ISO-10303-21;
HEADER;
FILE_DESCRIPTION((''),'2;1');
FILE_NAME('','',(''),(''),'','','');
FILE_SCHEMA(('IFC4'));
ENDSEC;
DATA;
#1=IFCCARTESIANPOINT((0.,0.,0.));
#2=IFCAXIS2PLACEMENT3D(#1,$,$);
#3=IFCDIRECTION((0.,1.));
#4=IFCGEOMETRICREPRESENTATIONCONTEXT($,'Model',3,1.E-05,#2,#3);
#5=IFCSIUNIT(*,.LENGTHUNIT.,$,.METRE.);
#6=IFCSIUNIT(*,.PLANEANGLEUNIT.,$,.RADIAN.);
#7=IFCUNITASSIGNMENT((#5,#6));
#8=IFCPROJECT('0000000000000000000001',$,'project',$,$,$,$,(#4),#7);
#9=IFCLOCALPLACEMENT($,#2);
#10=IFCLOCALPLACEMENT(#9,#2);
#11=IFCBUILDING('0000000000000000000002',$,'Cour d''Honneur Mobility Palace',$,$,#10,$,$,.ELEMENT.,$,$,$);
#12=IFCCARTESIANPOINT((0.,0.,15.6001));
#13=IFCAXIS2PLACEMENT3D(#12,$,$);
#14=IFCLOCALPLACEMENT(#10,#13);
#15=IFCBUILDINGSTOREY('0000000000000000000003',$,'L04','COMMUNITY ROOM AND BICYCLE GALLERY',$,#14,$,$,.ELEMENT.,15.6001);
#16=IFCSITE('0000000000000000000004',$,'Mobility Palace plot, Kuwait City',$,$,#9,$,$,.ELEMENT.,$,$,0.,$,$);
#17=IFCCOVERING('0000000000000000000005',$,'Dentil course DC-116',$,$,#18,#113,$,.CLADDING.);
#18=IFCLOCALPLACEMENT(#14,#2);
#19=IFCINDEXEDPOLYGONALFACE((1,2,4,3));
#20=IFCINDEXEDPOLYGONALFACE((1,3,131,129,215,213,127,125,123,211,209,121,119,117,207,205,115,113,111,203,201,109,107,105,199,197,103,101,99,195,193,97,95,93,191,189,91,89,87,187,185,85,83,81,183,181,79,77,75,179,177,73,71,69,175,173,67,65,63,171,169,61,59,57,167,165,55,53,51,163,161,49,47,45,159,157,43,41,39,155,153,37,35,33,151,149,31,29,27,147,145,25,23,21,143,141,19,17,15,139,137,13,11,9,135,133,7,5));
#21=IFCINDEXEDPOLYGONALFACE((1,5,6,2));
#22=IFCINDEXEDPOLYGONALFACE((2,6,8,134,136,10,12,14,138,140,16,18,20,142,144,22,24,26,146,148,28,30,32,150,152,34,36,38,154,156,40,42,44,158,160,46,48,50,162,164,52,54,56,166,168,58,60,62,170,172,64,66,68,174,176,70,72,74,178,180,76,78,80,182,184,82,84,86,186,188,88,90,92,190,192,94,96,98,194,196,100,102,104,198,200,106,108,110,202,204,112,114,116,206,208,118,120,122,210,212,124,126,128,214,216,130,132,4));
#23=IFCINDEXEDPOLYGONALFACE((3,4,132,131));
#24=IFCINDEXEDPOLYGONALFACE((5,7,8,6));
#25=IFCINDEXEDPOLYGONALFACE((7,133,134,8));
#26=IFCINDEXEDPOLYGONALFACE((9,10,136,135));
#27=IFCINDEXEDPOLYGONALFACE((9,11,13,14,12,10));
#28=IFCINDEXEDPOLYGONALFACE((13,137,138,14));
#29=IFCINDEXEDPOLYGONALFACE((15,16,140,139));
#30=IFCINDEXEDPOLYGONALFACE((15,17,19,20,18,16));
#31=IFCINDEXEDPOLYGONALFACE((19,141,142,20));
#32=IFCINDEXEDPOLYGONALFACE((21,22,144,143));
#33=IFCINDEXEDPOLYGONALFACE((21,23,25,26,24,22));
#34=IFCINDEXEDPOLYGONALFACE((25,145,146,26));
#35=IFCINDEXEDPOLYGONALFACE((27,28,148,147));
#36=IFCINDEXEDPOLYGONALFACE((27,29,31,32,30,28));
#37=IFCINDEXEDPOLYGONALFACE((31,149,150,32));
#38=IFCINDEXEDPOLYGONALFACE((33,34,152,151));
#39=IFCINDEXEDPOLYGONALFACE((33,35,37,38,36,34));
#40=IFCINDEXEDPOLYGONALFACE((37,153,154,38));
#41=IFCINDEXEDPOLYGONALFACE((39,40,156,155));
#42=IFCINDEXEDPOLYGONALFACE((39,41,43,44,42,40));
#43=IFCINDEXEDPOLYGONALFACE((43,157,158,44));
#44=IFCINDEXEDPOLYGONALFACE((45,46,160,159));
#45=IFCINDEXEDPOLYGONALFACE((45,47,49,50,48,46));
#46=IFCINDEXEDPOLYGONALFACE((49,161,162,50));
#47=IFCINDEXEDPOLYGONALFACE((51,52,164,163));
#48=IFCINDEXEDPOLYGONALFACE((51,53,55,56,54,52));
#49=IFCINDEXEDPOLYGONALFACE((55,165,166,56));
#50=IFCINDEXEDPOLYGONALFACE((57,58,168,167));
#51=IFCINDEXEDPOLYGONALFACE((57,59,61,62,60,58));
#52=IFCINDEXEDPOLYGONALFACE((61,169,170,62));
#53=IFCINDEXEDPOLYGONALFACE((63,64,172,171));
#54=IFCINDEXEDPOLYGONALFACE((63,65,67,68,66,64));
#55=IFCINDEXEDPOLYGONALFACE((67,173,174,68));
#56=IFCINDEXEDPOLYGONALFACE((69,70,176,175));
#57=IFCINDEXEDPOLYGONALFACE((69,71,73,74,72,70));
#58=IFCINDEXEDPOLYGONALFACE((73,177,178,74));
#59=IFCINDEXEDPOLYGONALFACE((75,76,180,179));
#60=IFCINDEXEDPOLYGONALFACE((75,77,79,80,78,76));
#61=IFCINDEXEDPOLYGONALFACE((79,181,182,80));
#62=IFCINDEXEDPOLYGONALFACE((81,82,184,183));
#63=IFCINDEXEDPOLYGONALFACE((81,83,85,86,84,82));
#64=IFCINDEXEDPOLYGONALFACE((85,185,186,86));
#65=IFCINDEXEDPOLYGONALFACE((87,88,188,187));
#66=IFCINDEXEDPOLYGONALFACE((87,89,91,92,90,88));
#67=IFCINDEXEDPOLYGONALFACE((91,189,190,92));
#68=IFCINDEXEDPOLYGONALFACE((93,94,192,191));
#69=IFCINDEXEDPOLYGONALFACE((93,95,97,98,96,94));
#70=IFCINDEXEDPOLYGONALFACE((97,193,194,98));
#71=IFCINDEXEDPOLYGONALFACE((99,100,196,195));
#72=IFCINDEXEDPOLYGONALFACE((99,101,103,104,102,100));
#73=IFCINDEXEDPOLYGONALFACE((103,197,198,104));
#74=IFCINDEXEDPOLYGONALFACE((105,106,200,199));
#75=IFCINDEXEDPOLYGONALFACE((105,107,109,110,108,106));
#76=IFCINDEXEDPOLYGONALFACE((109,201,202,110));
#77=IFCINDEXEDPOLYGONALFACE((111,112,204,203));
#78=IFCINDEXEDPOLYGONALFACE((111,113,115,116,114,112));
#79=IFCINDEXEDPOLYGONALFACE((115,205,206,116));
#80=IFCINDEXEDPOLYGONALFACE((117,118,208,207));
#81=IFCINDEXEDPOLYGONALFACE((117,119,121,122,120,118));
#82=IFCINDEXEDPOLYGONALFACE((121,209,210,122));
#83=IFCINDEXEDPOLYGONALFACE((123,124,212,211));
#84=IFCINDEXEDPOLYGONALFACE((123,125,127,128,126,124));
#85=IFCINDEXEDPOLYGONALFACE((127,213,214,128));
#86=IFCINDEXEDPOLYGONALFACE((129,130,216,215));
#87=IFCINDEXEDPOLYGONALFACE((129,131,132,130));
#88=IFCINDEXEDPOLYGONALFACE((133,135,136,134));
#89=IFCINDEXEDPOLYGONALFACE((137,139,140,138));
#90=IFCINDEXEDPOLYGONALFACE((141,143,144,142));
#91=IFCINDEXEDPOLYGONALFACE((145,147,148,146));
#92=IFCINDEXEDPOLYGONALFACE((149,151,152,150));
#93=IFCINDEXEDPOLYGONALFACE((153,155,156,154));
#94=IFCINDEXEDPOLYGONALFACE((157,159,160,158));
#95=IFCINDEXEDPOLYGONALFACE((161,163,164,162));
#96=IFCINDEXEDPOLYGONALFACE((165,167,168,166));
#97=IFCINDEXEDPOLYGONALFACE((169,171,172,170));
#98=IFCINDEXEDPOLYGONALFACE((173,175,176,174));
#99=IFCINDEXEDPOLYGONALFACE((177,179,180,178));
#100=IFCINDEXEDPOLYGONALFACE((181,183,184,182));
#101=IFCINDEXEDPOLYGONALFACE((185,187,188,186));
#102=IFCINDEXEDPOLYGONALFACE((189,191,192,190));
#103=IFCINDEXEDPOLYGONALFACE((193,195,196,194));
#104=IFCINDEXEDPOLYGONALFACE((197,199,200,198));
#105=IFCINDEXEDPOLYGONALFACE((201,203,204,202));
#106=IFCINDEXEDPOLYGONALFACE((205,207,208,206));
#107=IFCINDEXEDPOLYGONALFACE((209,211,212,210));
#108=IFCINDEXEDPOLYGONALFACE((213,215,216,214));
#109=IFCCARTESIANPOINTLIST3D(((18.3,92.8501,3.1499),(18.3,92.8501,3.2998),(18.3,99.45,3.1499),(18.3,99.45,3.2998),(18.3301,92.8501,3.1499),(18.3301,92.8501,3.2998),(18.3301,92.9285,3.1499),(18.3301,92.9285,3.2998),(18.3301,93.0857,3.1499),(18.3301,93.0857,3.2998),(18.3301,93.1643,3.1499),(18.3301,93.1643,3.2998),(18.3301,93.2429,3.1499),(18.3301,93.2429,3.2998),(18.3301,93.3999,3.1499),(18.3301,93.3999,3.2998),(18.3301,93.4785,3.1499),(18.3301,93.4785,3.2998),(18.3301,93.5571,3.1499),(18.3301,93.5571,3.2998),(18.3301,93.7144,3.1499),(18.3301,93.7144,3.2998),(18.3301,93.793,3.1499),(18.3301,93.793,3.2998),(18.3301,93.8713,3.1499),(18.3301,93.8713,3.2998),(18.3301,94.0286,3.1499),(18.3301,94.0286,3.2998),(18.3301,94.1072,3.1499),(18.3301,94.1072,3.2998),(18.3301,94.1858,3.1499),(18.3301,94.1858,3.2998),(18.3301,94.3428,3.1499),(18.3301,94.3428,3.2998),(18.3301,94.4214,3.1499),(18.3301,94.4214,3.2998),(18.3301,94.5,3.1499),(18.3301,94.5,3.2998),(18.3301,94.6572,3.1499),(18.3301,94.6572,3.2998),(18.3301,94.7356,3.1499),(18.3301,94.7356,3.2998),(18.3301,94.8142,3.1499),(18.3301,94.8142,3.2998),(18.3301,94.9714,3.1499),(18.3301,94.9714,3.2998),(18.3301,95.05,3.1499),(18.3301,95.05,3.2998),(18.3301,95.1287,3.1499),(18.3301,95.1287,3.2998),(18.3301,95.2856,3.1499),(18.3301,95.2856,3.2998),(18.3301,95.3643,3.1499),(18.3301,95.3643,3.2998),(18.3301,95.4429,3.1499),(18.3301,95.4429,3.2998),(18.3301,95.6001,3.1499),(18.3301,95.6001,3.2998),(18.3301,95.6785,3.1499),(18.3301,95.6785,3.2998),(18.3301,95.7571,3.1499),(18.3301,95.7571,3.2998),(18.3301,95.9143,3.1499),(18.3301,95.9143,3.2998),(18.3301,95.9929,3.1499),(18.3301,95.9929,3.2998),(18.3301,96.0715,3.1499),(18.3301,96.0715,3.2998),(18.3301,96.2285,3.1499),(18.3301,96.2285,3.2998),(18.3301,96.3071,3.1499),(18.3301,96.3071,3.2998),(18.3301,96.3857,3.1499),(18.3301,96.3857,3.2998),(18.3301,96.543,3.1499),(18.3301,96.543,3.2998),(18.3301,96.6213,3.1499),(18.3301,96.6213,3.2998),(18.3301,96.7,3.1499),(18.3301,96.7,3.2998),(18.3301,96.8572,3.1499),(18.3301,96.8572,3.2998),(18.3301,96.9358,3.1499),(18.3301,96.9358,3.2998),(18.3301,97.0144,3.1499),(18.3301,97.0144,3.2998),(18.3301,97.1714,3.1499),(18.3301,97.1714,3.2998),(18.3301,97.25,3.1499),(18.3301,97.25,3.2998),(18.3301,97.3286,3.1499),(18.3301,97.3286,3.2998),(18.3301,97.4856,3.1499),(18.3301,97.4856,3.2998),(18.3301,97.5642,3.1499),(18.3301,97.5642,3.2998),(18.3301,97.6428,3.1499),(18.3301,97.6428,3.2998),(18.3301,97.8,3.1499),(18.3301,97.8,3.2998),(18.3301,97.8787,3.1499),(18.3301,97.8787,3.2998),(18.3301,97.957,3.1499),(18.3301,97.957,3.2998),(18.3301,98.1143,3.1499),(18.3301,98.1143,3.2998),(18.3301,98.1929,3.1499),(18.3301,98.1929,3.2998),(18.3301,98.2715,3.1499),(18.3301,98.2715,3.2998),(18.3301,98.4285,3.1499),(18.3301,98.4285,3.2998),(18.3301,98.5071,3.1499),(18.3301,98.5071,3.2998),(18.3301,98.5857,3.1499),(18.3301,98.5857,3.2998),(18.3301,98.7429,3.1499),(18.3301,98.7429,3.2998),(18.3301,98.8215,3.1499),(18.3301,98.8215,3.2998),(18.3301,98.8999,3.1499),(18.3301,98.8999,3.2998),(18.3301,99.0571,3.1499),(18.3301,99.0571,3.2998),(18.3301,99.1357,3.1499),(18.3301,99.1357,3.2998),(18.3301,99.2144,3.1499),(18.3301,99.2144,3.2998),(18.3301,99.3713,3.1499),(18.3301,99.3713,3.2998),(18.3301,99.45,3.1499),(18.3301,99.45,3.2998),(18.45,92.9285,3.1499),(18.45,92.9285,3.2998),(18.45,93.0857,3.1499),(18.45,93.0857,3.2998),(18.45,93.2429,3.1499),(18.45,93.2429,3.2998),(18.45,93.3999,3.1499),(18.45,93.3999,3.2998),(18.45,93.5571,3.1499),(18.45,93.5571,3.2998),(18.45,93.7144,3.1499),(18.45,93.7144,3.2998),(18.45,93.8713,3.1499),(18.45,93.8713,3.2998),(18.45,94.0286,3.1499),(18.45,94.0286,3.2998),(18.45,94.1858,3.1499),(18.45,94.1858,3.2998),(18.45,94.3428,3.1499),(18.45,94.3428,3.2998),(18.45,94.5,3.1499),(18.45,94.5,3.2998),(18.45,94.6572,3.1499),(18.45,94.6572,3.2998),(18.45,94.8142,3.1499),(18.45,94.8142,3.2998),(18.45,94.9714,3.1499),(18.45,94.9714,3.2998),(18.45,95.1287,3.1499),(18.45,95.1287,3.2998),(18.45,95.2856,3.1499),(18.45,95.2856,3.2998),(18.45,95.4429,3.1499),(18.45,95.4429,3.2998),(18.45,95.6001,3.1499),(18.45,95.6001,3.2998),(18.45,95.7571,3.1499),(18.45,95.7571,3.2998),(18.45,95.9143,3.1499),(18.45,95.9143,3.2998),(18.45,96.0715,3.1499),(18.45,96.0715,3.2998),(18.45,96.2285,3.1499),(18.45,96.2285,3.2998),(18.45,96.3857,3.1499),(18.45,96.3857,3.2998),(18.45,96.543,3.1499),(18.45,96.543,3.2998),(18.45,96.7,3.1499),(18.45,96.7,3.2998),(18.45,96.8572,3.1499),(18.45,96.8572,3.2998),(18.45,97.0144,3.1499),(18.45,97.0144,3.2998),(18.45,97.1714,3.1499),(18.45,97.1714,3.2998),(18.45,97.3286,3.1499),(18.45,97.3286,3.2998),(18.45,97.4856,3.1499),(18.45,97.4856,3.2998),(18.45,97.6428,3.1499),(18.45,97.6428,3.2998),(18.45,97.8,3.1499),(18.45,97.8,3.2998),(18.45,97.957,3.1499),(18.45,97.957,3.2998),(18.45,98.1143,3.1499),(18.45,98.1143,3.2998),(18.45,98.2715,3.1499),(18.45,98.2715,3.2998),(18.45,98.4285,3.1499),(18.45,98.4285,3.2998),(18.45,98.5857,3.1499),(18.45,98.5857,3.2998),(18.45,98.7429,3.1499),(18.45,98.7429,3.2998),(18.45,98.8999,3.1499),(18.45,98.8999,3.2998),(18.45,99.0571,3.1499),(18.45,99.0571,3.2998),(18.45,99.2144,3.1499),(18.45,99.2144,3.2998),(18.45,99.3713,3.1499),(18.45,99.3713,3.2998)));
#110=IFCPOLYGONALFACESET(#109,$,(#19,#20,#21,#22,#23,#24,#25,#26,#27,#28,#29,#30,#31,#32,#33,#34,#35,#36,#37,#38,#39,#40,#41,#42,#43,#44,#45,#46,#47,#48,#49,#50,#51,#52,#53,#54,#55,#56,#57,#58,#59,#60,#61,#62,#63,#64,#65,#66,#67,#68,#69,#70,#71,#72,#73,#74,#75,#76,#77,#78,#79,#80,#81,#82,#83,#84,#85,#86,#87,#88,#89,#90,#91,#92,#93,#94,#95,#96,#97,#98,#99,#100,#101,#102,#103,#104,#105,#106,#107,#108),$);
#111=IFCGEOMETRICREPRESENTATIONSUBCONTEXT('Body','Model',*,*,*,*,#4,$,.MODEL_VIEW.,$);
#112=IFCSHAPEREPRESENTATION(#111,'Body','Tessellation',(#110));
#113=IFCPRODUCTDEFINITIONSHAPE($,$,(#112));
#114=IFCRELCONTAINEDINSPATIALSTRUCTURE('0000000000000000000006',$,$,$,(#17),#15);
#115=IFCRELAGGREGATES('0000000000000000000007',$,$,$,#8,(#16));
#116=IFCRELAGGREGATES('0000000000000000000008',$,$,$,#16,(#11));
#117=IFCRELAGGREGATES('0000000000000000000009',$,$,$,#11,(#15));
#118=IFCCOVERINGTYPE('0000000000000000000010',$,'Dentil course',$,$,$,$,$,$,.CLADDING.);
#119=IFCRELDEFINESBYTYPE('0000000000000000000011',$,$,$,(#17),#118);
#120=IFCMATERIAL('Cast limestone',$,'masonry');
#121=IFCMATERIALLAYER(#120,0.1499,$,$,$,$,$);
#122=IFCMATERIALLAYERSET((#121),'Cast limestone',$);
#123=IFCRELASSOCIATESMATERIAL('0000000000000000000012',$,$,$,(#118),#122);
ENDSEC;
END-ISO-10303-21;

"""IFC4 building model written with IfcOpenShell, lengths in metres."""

from ifc_helpers import new_model, si_unit, direction, frame, origin, place, context, subcontext, project, spatial, polyline, outline, extrude, material, layer, layer_set, type_object, element, save


model = new_model("IFC4")

# Units and contexts
model_context = context("Model", 3, precision=1e-05, world=origin(), true_north=direction((0.0, 1.0)))
body_context = subcontext(model_context, "Body", "Model", "MODEL_VIEW")
ifc_project = project(units=[si_unit("LENGTHUNIT", "METRE"), si_unit("PLANEANGLEUNIT", "RADIAN")], contexts=[model_context])

# Site, building, storey
site_placement = place(None, origin())
site = spatial("IfcSite", under=ifc_project, at=site_placement, Name="Mobility Palace plot, Kuwait City", CompositionType="ELEMENT", RefElevation=0.0)
building_placement = place(site_placement, origin())
building = spatial("IfcBuilding", under=site, at=building_placement, Name="Cour d'Honneur Mobility Palace", CompositionType="ELEMENT")
storey_placement = place(building_placement, frame((0.0, 0.0, 15.6001)))
storey = spatial("IfcBuildingStorey", under=building, at=storey_placement, Name="L04", Description="COMMUNITY ROOM AND BICYCLE GALLERY", CompositionType="ELEMENT", Elevation=15.6001)

# Covering
ifc_material = material(Name="Cast limestone", Category="masonry")
ifc_layer = layer(ifc_material, 0.1499)
ifc_layer_set = layer_set([ifc_layer], Name="Cast limestone")
covering_type = type_object("IfcCoveringType", Name="Dentil course", PredefinedType="CLADDING", material=ifc_layer_set)
covering_1_placement = place(storey_placement, frame((0.0, 0.0, 3.1499)))
element("IfcCovering", 1, at=covering_1_placement, inside=storey, type_object=covering_type, Name="Dentil course DC-116", PredefinedType="CLADDING", context=body_context, shape_type="SweptSolid", body=[
    extrude(outline(polyline([(18.3, 92.8501), (18.3, 99.45), (18.3301, 99.45), (18.3301, 99.45), (18.3301, 99.3713), (18.45, 99.3713), (18.45, 99.2144), (18.3301, 99.2144), (18.3301, 99.1357), (18.3301, 99.1357), (18.3301, 99.0571), (18.45, 99.0571), (18.45, 98.8999), (18.3301, 98.8999), (18.3301, 98.8215), (18.3301, 98.8215), (18.3301, 98.7429), (18.45, 98.7429), (18.45, 98.5857), (18.3301, 98.5857), (18.3301, 98.5071), (18.3301, 98.5071), (18.3301, 98.4285), (18.45, 98.4285), (18.45, 98.2715), (18.3301, 98.2715), (18.3301, 98.1929), (18.3301, 98.1929), (18.3301, 98.1143), (18.45, 98.1143), (18.45, 97.957), (18.3301, 97.957), (18.3301, 97.8787), (18.3301, 97.8787), (18.3301, 97.8), (18.45, 97.8), (18.45, 97.6428), (18.3301, 97.6428), (18.3301, 97.5642), (18.3301, 97.5642), (18.3301, 97.4856), (18.45, 97.4856), (18.45, 97.3286), (18.3301, 97.3286), (18.3301, 97.25), (18.3301, 97.25), (18.3301, 97.1714), (18.45, 97.1714), (18.45, 97.0144), (18.3301, 97.0144), (18.3301, 96.9358), (18.3301, 96.9358), (18.3301, 96.8572), (18.45, 96.8572), (18.45, 96.7), (18.3301, 96.7), (18.3301, 96.6213), (18.3301, 96.6213), (18.3301, 96.543), (18.45, 96.543), (18.45, 96.3857), (18.3301, 96.3857), (18.3301, 96.3071), (18.3301, 96.3071), (18.3301, 96.2285), (18.45, 96.2285), (18.45, 96.0715), (18.3301, 96.0715), (18.3301, 95.9929), (18.3301, 95.9929), (18.3301, 95.9143), (18.45, 95.9143), (18.45, 95.7571), (18.3301, 95.7571), (18.3301, 95.6785), (18.3301, 95.6785), (18.3301, 95.6001), (18.45, 95.6001), (18.45, 95.4429), (18.3301, 95.4429), (18.3301, 95.3643), (18.3301, 95.3643), (18.3301, 95.2856), (18.45, 95.2856), (18.45, 95.1287), (18.3301, 95.1287), (18.3301, 95.05), (18.3301, 95.05), (18.3301, 94.9714), (18.45, 94.9714), (18.45, 94.8142), (18.3301, 94.8142), (18.3301, 94.7356), (18.3301, 94.7356), (18.3301, 94.6572), (18.45, 94.6572), (18.45, 94.5), (18.3301, 94.5), (18.3301, 94.4214), (18.3301, 94.4214), (18.3301, 94.3428), (18.45, 94.3428), (18.45, 94.1858), (18.3301, 94.1858), (18.3301, 94.1072), (18.3301, 94.1072), (18.3301, 94.0286), (18.45, 94.0286), (18.45, 93.8713), (18.3301, 93.8713), (18.3301, 93.793), (18.3301, 93.793), (18.3301, 93.7144), (18.45, 93.7144), (18.45, 93.5571), (18.3301, 93.5571), (18.3301, 93.4785), (18.3301, 93.4785), (18.3301, 93.3999), (18.45, 93.3999), (18.45, 93.2429), (18.3301, 93.2429), (18.3301, 93.1643), (18.3301, 93.1643), (18.3301, 93.0857), (18.45, 93.0857), (18.45, 92.9285), (18.3301, 92.9285), (18.3301, 92.8501), (18.3, 92.8501)])), origin(), (0.0, 0.0, 1.0), 0.1499),
])

save(model, "model.ifc")
